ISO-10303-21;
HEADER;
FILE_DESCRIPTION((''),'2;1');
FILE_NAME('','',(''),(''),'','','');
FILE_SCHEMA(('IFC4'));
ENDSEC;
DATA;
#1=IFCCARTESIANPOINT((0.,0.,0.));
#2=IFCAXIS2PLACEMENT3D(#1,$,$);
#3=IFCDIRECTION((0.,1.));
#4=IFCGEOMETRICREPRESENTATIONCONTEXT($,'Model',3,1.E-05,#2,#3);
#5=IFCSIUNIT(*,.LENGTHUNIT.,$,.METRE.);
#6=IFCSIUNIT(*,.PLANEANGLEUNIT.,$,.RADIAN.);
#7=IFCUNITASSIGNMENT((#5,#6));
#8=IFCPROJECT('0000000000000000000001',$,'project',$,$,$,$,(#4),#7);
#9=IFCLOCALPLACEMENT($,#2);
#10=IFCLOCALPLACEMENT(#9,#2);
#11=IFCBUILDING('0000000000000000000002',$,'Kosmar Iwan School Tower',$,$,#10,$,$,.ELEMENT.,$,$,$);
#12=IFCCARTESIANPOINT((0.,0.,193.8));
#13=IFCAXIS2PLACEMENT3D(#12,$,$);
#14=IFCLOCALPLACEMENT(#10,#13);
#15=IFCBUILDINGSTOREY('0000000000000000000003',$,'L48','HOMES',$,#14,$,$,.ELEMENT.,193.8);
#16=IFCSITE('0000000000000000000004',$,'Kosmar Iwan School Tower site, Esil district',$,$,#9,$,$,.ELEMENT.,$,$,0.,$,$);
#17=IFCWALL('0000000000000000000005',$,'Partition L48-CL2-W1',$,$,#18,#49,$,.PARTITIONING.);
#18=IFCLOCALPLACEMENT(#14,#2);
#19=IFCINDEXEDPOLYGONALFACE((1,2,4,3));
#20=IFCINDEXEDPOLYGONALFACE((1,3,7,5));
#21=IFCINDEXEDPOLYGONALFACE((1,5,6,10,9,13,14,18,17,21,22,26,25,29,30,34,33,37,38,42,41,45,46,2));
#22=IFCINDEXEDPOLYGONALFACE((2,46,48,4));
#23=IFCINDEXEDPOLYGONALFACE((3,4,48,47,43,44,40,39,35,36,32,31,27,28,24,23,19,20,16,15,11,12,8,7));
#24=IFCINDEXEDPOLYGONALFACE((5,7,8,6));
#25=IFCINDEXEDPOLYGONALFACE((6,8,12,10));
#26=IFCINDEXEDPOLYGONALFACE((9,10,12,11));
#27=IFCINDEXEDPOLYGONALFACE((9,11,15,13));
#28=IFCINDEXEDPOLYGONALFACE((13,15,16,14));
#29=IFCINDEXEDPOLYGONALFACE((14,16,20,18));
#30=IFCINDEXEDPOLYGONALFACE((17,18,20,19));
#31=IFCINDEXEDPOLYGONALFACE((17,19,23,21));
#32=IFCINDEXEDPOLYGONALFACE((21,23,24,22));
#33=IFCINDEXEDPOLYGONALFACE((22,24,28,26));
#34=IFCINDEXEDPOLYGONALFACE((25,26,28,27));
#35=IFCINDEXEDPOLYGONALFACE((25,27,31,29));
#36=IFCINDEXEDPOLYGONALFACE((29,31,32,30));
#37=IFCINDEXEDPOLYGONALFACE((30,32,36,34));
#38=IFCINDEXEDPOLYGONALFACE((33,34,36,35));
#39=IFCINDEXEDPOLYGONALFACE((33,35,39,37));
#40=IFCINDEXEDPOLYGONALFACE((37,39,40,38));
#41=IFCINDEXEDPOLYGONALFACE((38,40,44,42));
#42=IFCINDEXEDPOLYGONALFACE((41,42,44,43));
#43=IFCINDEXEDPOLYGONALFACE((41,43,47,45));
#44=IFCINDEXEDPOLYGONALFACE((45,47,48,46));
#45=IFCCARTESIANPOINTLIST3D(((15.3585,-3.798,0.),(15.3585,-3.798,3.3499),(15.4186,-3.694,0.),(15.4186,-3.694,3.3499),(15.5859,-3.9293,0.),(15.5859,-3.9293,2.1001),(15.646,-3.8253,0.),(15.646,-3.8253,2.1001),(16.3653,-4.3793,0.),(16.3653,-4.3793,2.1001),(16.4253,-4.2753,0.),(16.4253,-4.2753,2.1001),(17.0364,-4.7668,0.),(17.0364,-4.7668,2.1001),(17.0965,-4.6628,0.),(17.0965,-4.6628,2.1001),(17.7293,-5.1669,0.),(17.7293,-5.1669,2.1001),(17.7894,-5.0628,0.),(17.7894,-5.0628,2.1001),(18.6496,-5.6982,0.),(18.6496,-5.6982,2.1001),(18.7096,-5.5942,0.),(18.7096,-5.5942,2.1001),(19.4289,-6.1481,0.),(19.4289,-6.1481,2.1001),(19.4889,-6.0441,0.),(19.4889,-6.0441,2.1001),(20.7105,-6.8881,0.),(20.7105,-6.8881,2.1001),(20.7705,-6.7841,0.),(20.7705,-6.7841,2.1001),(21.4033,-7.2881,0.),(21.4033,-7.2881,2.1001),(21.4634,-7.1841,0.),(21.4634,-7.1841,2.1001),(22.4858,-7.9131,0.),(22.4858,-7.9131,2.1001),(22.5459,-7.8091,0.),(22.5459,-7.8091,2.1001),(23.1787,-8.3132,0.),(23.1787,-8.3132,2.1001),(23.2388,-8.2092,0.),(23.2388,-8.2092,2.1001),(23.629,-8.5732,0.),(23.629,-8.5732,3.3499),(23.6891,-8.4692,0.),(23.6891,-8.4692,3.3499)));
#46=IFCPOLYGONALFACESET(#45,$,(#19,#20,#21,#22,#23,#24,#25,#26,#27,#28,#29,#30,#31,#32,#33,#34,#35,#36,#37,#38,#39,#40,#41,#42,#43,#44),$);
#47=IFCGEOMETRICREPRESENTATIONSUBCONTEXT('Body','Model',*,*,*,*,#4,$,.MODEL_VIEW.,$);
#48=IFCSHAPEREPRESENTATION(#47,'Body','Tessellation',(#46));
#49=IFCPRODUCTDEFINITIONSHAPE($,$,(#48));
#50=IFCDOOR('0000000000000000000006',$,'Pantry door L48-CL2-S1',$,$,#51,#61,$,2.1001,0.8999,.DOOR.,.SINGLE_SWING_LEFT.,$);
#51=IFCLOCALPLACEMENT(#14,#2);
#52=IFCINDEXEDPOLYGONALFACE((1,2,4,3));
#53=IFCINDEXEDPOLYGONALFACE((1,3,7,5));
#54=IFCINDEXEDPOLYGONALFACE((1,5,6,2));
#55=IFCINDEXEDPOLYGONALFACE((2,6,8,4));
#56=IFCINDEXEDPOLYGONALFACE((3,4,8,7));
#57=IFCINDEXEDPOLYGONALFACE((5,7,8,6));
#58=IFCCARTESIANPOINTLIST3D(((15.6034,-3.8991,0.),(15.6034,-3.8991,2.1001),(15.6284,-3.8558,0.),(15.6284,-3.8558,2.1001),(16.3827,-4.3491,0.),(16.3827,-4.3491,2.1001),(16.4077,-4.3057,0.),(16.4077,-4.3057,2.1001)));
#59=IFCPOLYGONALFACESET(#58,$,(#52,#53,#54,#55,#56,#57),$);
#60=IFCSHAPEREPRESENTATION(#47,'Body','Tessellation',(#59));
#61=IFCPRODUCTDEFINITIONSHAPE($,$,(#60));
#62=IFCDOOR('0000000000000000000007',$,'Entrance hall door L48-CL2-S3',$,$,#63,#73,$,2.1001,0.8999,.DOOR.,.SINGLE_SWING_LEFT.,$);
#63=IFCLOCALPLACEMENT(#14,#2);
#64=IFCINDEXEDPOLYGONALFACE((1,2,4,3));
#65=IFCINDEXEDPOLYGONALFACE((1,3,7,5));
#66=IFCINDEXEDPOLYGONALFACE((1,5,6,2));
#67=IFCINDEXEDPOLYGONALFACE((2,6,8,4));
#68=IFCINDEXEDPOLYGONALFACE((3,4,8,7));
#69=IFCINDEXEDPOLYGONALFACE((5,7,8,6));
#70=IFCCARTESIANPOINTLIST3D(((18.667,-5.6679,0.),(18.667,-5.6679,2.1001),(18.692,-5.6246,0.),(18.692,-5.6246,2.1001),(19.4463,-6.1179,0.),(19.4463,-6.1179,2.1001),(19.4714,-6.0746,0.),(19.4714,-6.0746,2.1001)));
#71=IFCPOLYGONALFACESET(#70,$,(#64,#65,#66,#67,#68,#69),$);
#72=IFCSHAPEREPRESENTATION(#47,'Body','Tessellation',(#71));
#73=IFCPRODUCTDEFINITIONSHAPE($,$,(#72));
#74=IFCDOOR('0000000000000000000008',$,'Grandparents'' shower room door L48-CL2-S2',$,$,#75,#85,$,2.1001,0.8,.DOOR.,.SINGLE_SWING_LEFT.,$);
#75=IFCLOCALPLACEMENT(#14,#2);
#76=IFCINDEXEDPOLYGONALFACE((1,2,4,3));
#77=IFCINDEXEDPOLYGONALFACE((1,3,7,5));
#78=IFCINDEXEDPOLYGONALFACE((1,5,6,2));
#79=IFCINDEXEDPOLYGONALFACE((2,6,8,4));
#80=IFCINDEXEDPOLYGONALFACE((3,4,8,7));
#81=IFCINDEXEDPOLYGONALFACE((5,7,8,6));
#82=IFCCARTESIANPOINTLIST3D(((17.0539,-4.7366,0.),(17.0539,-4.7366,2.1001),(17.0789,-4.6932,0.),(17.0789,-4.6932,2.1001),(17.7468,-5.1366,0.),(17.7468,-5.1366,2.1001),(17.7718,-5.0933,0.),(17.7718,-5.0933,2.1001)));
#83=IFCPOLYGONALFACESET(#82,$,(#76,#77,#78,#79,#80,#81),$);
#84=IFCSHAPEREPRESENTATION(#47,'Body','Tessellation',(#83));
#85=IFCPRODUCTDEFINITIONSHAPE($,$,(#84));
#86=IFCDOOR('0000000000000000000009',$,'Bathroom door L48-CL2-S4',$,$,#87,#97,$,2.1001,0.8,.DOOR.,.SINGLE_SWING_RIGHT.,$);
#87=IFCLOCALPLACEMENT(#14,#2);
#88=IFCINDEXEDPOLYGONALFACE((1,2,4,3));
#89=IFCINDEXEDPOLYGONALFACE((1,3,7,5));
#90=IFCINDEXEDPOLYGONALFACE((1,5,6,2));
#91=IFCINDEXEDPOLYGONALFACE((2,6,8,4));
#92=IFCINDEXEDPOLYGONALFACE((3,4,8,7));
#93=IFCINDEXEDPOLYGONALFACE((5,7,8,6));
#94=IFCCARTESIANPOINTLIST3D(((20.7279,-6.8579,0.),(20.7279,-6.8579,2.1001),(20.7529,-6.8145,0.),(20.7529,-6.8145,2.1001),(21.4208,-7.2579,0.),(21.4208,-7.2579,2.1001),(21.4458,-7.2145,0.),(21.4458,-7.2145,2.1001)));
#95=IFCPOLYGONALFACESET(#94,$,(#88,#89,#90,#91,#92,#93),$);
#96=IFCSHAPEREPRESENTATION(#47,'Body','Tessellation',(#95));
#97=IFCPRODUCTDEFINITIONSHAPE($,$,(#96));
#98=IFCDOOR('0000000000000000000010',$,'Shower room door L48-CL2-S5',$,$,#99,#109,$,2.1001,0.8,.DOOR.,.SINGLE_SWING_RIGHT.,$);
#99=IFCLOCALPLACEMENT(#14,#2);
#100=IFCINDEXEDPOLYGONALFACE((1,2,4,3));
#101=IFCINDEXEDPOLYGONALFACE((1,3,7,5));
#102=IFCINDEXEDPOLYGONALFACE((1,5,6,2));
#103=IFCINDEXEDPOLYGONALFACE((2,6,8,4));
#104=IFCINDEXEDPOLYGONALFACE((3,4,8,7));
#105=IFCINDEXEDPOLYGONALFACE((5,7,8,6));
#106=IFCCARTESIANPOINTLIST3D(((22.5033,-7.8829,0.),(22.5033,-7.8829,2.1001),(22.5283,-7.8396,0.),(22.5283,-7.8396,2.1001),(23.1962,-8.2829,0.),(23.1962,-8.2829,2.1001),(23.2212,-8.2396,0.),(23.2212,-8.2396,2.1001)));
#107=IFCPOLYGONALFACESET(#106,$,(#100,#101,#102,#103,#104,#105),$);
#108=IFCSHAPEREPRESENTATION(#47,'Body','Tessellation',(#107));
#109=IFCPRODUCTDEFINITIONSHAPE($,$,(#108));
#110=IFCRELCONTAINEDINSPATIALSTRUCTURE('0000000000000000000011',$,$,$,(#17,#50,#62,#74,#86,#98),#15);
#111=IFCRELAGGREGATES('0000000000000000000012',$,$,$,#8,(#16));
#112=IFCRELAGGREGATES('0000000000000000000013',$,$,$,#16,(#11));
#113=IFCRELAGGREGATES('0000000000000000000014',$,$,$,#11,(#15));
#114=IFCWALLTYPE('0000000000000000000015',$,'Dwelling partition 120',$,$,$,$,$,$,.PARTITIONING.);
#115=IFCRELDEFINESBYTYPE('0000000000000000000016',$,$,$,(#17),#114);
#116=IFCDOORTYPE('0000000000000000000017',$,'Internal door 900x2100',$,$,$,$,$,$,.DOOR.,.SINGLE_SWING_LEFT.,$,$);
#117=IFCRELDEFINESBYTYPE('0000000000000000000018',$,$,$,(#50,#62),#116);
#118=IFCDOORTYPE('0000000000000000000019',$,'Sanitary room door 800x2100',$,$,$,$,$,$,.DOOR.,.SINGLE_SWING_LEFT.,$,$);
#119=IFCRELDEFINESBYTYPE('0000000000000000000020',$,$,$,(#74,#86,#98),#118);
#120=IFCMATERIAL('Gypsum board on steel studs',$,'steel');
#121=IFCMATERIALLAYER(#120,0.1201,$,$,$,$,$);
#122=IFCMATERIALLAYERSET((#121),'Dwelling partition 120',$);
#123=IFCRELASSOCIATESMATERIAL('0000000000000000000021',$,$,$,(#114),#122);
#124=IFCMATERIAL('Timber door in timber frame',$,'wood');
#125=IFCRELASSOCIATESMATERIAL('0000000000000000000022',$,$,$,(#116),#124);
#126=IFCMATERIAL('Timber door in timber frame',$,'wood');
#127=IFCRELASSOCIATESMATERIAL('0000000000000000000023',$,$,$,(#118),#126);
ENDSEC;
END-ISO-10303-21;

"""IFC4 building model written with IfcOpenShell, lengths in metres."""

from ifc_helpers import new_model, si_unit, direction, frame, frame_2d, origin, place, context, subcontext, project, spatial, rectangle, extrude, material, layer, layer_set, type_object, element, fill, save


model = new_model("IFC4")

# Units and contexts
model_context = context("Model", 3, precision=1e-05, world=origin(), true_north=direction((0.0, 1.0)))
body_context = subcontext(model_context, "Body", "Model", "MODEL_VIEW")
ifc_project = project(units=[si_unit("LENGTHUNIT", "METRE"), si_unit("PLANEANGLEUNIT", "RADIAN")], contexts=[model_context])

# Site, building, storey
site_placement = place(None, origin())
site = spatial("IfcSite", under=ifc_project, at=site_placement, Name="Kosmar Iwan School Tower site, Esil district", CompositionType="ELEMENT", RefElevation=0.0)
building_placement = place(site_placement, origin())
building = spatial("IfcBuilding", under=site, at=building_placement, Name="Kosmar Iwan School Tower", CompositionType="ELEMENT")
storey_placement = place(building_placement, frame((0.0, 0.0, 193.8)))
storey = spatial("IfcBuildingStorey", under=building, at=storey_placement, Name="L48", Description="HOMES", CompositionType="ELEMENT", Elevation=193.8)

# Shared definitions
ifc_material_1 = material(Name="Gypsum board on steel studs", Category="steel")
ifc_layer_1 = layer(ifc_material_1, 0.1201)
ifc_layer_set_1 = layer_set([ifc_layer_1], Name="Dwelling partition 120")
wall_type_1 = type_object("IfcWallType", Name="Dwelling partition 120", PredefinedType="PARTITIONING", material=ifc_layer_set_1)
ifc_material_2 = material(Name="Timber door in timber frame", Category="wood")
door_type_1 = type_object("IfcDoorType", Name="Internal door 900x2100", OperationType="SINGLE_SWING_LEFT", PredefinedType="DOOR", material=ifc_material_2)
ifc_material_3 = material(Name="Timber door in timber frame", Category="wood")
door_type_2 = type_object("IfcDoorType", Name="Sanitary room door 800x2100", OperationType="SINGLE_SWING_LEFT", PredefinedType="DOOR", material=ifc_material_3)

# Wall, openings, doors
wall_1_placement = place(storey_placement, frame((15.3887, -3.7461, 0.0), z_axis=(0.0, 0.0, 1.0), x_axis=(0.866018, -0.500013, 0.0)))
wall_1 = element("IfcWall", 1, at=wall_1_placement, inside=storey, type_object=wall_type_1, Name="Partition L48-CL2-W1", PredefinedType="PARTITIONING", context=body_context, shape_type="SweptSolid", body=[
    extrude(rectangle(XDim=9.55, YDim=0.1201, at=frame_2d((4.7749, 0.0))), origin(), (0.0, 0.0, 1.0), 3.3499),
])
opening_1_placement = place(wall_1_placement, frame((0.2625, 0.0, 0.0)))
opening_1 = element("IfcOpeningElement", 2, at=opening_1_placement, cuts=wall_1, PredefinedType="OPENING", context=body_context, shape_type="SweptSolid", body=[
    extrude(rectangle(XDim=0.8999, YDim=2.1001, at=frame_2d((0.45, 1.05))), frame((0.0, 0.072, 0.0), z_axis=(0.0, -1.0, 0.0), x_axis=(1.0, 0.0, 0.0)), (0.0, 0.0, 1.0), 0.144),
])
opening_2_placement = place(wall_1_placement, frame((1.9375, 0.0, 0.0)))
opening_2 = element("IfcOpeningElement", 3, at=opening_2_placement, cuts=wall_1, PredefinedType="OPENING", context=body_context, shape_type="SweptSolid", body=[
    extrude(rectangle(XDim=0.8, YDim=2.1001, at=frame_2d((0.3999, 1.05))), frame((0.0, 0.072, 0.0), z_axis=(0.0, -1.0, 0.0), x_axis=(1.0, 0.0, 0.0)), (0.0, 0.0, 1.0), 0.144),
])
opening_3_placement = place(wall_1_placement, frame((3.8, 0.0, 0.0)))
opening_3 = element("IfcOpeningElement", 4, at=opening_3_placement, cuts=wall_1, PredefinedType="OPENING", context=body_context, shape_type="SweptSolid", body=[
    extrude(rectangle(XDim=0.8999, YDim=2.1001, at=frame_2d((0.45, 1.05))), frame((0.0, 0.072, 0.0), z_axis=(0.0, -1.0, 0.0), x_axis=(1.0, 0.0, 0.0)), (0.0, 0.0, 1.0), 0.144),
])
opening_4_placement = place(wall_1_placement, frame((6.1799, 0.0, 0.0)))
opening_4 = element("IfcOpeningElement", 5, at=opening_4_placement, cuts=wall_1, PredefinedType="OPENING", context=body_context, shape_type="SweptSolid", body=[
    extrude(rectangle(XDim=0.8, YDim=2.1001, at=frame_2d((0.3999, 1.05))), frame((0.0, 0.072, 0.0), z_axis=(0.0, -1.0, 0.0), x_axis=(1.0, 0.0, 0.0)), (0.0, 0.0, 1.0), 0.144),
])
opening_5_placement = place(wall_1_placement, frame((8.23, 0.0, 0.0)))
opening_5 = element("IfcOpeningElement", 6, at=opening_5_placement, cuts=wall_1, PredefinedType="OPENING", context=body_context, shape_type="SweptSolid", body=[
    extrude(rectangle(XDim=0.8, YDim=2.1001, at=frame_2d((0.3999, 1.05))), frame((0.0, 0.072, 0.0), z_axis=(0.0, -1.0, 0.0), x_axis=(1.0, 0.0, 0.0)), (0.0, 0.0, 1.0), 0.144),
])
door_1_placement = place(opening_1_placement, origin())
door_1 = element("IfcDoor", 7, at=door_1_placement, inside=storey, type_object=door_type_1, Name="Pantry door L48-CL2-S1", OperationType="SINGLE_SWING_LEFT", OverallHeight=2.1001, OverallWidth=0.8999, PredefinedType="DOOR", context=body_context, shape_type="SweptSolid", body=[
    extrude(rectangle(XDim=0.8999, YDim=2.1001, at=frame_2d((0.45, 1.05))), frame((0.0, 0.0249, 0.0), z_axis=(0.0, -1.0, 0.0), x_axis=(1.0, 0.0, 0.0)), (0.0, 0.0, 1.0), 0.05),
])
fill(opening_1, door_1)
door_2_placement = place(opening_3_placement, origin())
door_2 = element("IfcDoor", 8, at=door_2_placement, inside=storey, type_object=door_type_1, Name="Entrance hall door L48-CL2-S3", OperationType="SINGLE_SWING_LEFT", OverallHeight=2.1001, OverallWidth=0.8999, PredefinedType="DOOR", context=body_context, shape_type="SweptSolid", body=[
    extrude(rectangle(XDim=0.8999, YDim=2.1001, at=frame_2d((0.45, 1.05))), frame((0.0, 0.0249, 0.0), z_axis=(0.0, -1.0, 0.0), x_axis=(1.0, 0.0, 0.0)), (0.0, 0.0, 1.0), 0.05),
])
fill(opening_3, door_2)
door_3_placement = place(opening_2_placement, origin())
door_3 = element("IfcDoor", 9, at=door_3_placement, inside=storey, type_object=door_type_2, Name="Grandparents' shower room door L48-CL2-S2", OperationType="SINGLE_SWING_LEFT", OverallHeight=2.1001, OverallWidth=0.8, PredefinedType="DOOR", context=body_context, shape_type="SweptSolid", body=[
    extrude(rectangle(XDim=0.8, YDim=2.1001, at=frame_2d((0.3999, 1.05))), frame((0.0, 0.0249, 0.0), z_axis=(0.0, -1.0, 0.0), x_axis=(1.0, 0.0, 0.0)), (0.0, 0.0, 1.0), 0.05),
])
fill(opening_2, door_3)
door_4_placement = place(opening_4_placement, origin())
door_4 = element("IfcDoor", 10, at=door_4_placement, inside=storey, type_object=door_type_2, Name="Bathroom door L48-CL2-S4", OperationType="SINGLE_SWING_RIGHT", OverallHeight=2.1001, OverallWidth=0.8, PredefinedType="DOOR", context=body_context, shape_type="SweptSolid", body=[
    extrude(rectangle(XDim=0.8, YDim=2.1001, at=frame_2d((0.3999, 1.05))), frame((0.0, 0.0249, 0.0), z_axis=(0.0, -1.0, 0.0), x_axis=(1.0, 0.0, 0.0)), (0.0, 0.0, 1.0), 0.05),
])
fill(opening_4, door_4)
door_5_placement = place(opening_5_placement, origin())
door_5 = element("IfcDoor", 11, at=door_5_placement, inside=storey, type_object=door_type_2, Name="Shower room door L48-CL2-S5", OperationType="SINGLE_SWING_RIGHT", OverallHeight=2.1001, OverallWidth=0.8, PredefinedType="DOOR", context=body_context, shape_type="SweptSolid", body=[
    extrude(rectangle(XDim=0.8, YDim=2.1001, at=frame_2d((0.3999, 1.05))), frame((0.0, 0.0249, 0.0), z_axis=(0.0, -1.0, 0.0), x_axis=(1.0, 0.0, 0.0)), (0.0, 0.0, 1.0), 0.05),
])
fill(opening_5, door_5)

save(model, "model.ifc")
